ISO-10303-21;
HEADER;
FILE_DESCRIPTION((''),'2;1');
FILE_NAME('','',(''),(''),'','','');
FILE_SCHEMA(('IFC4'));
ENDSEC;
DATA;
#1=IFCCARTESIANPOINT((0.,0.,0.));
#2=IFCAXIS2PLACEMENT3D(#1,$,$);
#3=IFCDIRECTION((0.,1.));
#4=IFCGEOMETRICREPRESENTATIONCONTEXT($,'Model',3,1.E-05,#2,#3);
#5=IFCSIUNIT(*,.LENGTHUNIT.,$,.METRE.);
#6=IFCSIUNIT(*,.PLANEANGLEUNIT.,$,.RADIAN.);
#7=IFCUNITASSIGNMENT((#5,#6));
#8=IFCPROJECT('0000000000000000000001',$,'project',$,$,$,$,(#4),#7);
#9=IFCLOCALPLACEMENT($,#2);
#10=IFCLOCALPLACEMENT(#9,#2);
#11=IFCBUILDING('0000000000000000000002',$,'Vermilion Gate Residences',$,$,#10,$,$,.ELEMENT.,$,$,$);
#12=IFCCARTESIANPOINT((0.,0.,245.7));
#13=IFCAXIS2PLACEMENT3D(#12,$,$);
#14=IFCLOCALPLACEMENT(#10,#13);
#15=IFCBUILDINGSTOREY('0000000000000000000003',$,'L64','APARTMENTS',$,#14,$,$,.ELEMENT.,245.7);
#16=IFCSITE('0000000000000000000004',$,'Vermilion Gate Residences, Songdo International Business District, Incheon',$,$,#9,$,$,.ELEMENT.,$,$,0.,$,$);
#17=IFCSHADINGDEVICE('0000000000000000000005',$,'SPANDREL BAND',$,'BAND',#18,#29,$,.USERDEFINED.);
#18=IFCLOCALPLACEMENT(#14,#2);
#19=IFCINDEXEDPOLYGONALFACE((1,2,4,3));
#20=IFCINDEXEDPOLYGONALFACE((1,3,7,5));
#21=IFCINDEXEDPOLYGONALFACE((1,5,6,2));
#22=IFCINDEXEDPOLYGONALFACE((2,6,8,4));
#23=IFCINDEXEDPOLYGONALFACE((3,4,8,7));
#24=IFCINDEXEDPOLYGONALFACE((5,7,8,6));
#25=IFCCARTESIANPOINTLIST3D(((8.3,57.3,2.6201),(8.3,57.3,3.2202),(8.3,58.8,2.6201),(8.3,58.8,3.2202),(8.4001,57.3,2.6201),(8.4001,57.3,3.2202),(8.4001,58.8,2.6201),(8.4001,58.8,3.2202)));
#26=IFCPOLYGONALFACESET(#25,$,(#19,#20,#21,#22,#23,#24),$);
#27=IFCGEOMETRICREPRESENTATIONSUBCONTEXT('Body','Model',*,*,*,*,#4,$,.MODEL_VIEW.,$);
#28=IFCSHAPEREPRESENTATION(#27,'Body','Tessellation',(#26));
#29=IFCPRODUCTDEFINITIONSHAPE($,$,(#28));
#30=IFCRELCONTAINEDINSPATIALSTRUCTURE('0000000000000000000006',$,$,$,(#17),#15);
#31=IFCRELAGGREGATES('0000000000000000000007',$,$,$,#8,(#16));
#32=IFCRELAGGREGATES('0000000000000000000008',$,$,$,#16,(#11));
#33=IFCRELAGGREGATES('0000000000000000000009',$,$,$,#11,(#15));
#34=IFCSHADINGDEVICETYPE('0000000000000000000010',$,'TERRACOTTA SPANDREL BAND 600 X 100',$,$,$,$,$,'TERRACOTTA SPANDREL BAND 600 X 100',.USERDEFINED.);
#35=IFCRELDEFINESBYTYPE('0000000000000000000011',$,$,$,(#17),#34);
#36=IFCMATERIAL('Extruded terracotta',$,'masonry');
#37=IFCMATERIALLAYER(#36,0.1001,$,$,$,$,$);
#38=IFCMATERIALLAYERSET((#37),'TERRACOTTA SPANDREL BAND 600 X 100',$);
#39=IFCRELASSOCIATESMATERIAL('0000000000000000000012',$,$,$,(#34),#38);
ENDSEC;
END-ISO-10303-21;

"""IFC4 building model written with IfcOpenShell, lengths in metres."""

from ifc_helpers import new_model, si_unit, direction, frame, origin, origin_2d, place, context, subcontext, project, spatial, rectangle, extrude, material, layer, layer_set, type_object, element, save


model = new_model("IFC4")

# Units and contexts
model_context = context("Model", 3, precision=1e-05, world=origin(), true_north=direction((0.0, 1.0)))
body_context = subcontext(model_context, "Body", "Model", "MODEL_VIEW")
ifc_project = project(units=[si_unit("LENGTHUNIT", "METRE"), si_unit("PLANEANGLEUNIT", "RADIAN")], contexts=[model_context])

# Site, building, storey
site_placement = place(None, origin())
site = spatial("IfcSite", under=ifc_project, at=site_placement, Name="Vermilion Gate Residences, Songdo International Business District, Incheon", CompositionType="ELEMENT", RefElevation=0.0)
building_placement = place(site_placement, origin())
building = spatial("IfcBuilding", under=site, at=building_placement, Name="Vermilion Gate Residences", CompositionType="ELEMENT")
storey_placement = place(building_placement, frame((0.0, 0.0, 245.7)))
storey = spatial("IfcBuildingStorey", under=building, at=storey_placement, Name="L64", Description="APARTMENTS", CompositionType="ELEMENT", Elevation=245.7)

# Shading device
ifc_material_1 = material(Name="Extruded terracotta", Category="masonry")
ifc_layer_1 = layer(ifc_material_1, 0.1001)
ifc_layer_set_1 = layer_set([ifc_layer_1], Name="TERRACOTTA SPANDREL BAND 600 X 100")
shading_device_type = type_object("IfcShadingDeviceType", Name="TERRACOTTA SPANDREL BAND 600 X 100", ElementType="TERRACOTTA SPANDREL BAND 600 X 100", PredefinedType="USERDEFINED", material=ifc_layer_set_1)
shading_device_1_placement = place(storey_placement, frame((8.3501, 58.05, 2.6201), z_axis=(0.0, 0.0, 1.0), x_axis=(0.0, 1.0, 0.0)))
element("IfcShadingDevice", 1, at=shading_device_1_placement, inside=storey, type_object=shading_device_type, Name="SPANDREL BAND", ObjectType="BAND", PredefinedType="USERDEFINED", context=body_context, shape_type="SweptSolid", body=[
    extrude(rectangle(XDim=1.5, YDim=0.1001, at=origin_2d()), origin(), (0.0, 0.0, 1.0), 0.6001),
])

save(model, "model.ifc")
